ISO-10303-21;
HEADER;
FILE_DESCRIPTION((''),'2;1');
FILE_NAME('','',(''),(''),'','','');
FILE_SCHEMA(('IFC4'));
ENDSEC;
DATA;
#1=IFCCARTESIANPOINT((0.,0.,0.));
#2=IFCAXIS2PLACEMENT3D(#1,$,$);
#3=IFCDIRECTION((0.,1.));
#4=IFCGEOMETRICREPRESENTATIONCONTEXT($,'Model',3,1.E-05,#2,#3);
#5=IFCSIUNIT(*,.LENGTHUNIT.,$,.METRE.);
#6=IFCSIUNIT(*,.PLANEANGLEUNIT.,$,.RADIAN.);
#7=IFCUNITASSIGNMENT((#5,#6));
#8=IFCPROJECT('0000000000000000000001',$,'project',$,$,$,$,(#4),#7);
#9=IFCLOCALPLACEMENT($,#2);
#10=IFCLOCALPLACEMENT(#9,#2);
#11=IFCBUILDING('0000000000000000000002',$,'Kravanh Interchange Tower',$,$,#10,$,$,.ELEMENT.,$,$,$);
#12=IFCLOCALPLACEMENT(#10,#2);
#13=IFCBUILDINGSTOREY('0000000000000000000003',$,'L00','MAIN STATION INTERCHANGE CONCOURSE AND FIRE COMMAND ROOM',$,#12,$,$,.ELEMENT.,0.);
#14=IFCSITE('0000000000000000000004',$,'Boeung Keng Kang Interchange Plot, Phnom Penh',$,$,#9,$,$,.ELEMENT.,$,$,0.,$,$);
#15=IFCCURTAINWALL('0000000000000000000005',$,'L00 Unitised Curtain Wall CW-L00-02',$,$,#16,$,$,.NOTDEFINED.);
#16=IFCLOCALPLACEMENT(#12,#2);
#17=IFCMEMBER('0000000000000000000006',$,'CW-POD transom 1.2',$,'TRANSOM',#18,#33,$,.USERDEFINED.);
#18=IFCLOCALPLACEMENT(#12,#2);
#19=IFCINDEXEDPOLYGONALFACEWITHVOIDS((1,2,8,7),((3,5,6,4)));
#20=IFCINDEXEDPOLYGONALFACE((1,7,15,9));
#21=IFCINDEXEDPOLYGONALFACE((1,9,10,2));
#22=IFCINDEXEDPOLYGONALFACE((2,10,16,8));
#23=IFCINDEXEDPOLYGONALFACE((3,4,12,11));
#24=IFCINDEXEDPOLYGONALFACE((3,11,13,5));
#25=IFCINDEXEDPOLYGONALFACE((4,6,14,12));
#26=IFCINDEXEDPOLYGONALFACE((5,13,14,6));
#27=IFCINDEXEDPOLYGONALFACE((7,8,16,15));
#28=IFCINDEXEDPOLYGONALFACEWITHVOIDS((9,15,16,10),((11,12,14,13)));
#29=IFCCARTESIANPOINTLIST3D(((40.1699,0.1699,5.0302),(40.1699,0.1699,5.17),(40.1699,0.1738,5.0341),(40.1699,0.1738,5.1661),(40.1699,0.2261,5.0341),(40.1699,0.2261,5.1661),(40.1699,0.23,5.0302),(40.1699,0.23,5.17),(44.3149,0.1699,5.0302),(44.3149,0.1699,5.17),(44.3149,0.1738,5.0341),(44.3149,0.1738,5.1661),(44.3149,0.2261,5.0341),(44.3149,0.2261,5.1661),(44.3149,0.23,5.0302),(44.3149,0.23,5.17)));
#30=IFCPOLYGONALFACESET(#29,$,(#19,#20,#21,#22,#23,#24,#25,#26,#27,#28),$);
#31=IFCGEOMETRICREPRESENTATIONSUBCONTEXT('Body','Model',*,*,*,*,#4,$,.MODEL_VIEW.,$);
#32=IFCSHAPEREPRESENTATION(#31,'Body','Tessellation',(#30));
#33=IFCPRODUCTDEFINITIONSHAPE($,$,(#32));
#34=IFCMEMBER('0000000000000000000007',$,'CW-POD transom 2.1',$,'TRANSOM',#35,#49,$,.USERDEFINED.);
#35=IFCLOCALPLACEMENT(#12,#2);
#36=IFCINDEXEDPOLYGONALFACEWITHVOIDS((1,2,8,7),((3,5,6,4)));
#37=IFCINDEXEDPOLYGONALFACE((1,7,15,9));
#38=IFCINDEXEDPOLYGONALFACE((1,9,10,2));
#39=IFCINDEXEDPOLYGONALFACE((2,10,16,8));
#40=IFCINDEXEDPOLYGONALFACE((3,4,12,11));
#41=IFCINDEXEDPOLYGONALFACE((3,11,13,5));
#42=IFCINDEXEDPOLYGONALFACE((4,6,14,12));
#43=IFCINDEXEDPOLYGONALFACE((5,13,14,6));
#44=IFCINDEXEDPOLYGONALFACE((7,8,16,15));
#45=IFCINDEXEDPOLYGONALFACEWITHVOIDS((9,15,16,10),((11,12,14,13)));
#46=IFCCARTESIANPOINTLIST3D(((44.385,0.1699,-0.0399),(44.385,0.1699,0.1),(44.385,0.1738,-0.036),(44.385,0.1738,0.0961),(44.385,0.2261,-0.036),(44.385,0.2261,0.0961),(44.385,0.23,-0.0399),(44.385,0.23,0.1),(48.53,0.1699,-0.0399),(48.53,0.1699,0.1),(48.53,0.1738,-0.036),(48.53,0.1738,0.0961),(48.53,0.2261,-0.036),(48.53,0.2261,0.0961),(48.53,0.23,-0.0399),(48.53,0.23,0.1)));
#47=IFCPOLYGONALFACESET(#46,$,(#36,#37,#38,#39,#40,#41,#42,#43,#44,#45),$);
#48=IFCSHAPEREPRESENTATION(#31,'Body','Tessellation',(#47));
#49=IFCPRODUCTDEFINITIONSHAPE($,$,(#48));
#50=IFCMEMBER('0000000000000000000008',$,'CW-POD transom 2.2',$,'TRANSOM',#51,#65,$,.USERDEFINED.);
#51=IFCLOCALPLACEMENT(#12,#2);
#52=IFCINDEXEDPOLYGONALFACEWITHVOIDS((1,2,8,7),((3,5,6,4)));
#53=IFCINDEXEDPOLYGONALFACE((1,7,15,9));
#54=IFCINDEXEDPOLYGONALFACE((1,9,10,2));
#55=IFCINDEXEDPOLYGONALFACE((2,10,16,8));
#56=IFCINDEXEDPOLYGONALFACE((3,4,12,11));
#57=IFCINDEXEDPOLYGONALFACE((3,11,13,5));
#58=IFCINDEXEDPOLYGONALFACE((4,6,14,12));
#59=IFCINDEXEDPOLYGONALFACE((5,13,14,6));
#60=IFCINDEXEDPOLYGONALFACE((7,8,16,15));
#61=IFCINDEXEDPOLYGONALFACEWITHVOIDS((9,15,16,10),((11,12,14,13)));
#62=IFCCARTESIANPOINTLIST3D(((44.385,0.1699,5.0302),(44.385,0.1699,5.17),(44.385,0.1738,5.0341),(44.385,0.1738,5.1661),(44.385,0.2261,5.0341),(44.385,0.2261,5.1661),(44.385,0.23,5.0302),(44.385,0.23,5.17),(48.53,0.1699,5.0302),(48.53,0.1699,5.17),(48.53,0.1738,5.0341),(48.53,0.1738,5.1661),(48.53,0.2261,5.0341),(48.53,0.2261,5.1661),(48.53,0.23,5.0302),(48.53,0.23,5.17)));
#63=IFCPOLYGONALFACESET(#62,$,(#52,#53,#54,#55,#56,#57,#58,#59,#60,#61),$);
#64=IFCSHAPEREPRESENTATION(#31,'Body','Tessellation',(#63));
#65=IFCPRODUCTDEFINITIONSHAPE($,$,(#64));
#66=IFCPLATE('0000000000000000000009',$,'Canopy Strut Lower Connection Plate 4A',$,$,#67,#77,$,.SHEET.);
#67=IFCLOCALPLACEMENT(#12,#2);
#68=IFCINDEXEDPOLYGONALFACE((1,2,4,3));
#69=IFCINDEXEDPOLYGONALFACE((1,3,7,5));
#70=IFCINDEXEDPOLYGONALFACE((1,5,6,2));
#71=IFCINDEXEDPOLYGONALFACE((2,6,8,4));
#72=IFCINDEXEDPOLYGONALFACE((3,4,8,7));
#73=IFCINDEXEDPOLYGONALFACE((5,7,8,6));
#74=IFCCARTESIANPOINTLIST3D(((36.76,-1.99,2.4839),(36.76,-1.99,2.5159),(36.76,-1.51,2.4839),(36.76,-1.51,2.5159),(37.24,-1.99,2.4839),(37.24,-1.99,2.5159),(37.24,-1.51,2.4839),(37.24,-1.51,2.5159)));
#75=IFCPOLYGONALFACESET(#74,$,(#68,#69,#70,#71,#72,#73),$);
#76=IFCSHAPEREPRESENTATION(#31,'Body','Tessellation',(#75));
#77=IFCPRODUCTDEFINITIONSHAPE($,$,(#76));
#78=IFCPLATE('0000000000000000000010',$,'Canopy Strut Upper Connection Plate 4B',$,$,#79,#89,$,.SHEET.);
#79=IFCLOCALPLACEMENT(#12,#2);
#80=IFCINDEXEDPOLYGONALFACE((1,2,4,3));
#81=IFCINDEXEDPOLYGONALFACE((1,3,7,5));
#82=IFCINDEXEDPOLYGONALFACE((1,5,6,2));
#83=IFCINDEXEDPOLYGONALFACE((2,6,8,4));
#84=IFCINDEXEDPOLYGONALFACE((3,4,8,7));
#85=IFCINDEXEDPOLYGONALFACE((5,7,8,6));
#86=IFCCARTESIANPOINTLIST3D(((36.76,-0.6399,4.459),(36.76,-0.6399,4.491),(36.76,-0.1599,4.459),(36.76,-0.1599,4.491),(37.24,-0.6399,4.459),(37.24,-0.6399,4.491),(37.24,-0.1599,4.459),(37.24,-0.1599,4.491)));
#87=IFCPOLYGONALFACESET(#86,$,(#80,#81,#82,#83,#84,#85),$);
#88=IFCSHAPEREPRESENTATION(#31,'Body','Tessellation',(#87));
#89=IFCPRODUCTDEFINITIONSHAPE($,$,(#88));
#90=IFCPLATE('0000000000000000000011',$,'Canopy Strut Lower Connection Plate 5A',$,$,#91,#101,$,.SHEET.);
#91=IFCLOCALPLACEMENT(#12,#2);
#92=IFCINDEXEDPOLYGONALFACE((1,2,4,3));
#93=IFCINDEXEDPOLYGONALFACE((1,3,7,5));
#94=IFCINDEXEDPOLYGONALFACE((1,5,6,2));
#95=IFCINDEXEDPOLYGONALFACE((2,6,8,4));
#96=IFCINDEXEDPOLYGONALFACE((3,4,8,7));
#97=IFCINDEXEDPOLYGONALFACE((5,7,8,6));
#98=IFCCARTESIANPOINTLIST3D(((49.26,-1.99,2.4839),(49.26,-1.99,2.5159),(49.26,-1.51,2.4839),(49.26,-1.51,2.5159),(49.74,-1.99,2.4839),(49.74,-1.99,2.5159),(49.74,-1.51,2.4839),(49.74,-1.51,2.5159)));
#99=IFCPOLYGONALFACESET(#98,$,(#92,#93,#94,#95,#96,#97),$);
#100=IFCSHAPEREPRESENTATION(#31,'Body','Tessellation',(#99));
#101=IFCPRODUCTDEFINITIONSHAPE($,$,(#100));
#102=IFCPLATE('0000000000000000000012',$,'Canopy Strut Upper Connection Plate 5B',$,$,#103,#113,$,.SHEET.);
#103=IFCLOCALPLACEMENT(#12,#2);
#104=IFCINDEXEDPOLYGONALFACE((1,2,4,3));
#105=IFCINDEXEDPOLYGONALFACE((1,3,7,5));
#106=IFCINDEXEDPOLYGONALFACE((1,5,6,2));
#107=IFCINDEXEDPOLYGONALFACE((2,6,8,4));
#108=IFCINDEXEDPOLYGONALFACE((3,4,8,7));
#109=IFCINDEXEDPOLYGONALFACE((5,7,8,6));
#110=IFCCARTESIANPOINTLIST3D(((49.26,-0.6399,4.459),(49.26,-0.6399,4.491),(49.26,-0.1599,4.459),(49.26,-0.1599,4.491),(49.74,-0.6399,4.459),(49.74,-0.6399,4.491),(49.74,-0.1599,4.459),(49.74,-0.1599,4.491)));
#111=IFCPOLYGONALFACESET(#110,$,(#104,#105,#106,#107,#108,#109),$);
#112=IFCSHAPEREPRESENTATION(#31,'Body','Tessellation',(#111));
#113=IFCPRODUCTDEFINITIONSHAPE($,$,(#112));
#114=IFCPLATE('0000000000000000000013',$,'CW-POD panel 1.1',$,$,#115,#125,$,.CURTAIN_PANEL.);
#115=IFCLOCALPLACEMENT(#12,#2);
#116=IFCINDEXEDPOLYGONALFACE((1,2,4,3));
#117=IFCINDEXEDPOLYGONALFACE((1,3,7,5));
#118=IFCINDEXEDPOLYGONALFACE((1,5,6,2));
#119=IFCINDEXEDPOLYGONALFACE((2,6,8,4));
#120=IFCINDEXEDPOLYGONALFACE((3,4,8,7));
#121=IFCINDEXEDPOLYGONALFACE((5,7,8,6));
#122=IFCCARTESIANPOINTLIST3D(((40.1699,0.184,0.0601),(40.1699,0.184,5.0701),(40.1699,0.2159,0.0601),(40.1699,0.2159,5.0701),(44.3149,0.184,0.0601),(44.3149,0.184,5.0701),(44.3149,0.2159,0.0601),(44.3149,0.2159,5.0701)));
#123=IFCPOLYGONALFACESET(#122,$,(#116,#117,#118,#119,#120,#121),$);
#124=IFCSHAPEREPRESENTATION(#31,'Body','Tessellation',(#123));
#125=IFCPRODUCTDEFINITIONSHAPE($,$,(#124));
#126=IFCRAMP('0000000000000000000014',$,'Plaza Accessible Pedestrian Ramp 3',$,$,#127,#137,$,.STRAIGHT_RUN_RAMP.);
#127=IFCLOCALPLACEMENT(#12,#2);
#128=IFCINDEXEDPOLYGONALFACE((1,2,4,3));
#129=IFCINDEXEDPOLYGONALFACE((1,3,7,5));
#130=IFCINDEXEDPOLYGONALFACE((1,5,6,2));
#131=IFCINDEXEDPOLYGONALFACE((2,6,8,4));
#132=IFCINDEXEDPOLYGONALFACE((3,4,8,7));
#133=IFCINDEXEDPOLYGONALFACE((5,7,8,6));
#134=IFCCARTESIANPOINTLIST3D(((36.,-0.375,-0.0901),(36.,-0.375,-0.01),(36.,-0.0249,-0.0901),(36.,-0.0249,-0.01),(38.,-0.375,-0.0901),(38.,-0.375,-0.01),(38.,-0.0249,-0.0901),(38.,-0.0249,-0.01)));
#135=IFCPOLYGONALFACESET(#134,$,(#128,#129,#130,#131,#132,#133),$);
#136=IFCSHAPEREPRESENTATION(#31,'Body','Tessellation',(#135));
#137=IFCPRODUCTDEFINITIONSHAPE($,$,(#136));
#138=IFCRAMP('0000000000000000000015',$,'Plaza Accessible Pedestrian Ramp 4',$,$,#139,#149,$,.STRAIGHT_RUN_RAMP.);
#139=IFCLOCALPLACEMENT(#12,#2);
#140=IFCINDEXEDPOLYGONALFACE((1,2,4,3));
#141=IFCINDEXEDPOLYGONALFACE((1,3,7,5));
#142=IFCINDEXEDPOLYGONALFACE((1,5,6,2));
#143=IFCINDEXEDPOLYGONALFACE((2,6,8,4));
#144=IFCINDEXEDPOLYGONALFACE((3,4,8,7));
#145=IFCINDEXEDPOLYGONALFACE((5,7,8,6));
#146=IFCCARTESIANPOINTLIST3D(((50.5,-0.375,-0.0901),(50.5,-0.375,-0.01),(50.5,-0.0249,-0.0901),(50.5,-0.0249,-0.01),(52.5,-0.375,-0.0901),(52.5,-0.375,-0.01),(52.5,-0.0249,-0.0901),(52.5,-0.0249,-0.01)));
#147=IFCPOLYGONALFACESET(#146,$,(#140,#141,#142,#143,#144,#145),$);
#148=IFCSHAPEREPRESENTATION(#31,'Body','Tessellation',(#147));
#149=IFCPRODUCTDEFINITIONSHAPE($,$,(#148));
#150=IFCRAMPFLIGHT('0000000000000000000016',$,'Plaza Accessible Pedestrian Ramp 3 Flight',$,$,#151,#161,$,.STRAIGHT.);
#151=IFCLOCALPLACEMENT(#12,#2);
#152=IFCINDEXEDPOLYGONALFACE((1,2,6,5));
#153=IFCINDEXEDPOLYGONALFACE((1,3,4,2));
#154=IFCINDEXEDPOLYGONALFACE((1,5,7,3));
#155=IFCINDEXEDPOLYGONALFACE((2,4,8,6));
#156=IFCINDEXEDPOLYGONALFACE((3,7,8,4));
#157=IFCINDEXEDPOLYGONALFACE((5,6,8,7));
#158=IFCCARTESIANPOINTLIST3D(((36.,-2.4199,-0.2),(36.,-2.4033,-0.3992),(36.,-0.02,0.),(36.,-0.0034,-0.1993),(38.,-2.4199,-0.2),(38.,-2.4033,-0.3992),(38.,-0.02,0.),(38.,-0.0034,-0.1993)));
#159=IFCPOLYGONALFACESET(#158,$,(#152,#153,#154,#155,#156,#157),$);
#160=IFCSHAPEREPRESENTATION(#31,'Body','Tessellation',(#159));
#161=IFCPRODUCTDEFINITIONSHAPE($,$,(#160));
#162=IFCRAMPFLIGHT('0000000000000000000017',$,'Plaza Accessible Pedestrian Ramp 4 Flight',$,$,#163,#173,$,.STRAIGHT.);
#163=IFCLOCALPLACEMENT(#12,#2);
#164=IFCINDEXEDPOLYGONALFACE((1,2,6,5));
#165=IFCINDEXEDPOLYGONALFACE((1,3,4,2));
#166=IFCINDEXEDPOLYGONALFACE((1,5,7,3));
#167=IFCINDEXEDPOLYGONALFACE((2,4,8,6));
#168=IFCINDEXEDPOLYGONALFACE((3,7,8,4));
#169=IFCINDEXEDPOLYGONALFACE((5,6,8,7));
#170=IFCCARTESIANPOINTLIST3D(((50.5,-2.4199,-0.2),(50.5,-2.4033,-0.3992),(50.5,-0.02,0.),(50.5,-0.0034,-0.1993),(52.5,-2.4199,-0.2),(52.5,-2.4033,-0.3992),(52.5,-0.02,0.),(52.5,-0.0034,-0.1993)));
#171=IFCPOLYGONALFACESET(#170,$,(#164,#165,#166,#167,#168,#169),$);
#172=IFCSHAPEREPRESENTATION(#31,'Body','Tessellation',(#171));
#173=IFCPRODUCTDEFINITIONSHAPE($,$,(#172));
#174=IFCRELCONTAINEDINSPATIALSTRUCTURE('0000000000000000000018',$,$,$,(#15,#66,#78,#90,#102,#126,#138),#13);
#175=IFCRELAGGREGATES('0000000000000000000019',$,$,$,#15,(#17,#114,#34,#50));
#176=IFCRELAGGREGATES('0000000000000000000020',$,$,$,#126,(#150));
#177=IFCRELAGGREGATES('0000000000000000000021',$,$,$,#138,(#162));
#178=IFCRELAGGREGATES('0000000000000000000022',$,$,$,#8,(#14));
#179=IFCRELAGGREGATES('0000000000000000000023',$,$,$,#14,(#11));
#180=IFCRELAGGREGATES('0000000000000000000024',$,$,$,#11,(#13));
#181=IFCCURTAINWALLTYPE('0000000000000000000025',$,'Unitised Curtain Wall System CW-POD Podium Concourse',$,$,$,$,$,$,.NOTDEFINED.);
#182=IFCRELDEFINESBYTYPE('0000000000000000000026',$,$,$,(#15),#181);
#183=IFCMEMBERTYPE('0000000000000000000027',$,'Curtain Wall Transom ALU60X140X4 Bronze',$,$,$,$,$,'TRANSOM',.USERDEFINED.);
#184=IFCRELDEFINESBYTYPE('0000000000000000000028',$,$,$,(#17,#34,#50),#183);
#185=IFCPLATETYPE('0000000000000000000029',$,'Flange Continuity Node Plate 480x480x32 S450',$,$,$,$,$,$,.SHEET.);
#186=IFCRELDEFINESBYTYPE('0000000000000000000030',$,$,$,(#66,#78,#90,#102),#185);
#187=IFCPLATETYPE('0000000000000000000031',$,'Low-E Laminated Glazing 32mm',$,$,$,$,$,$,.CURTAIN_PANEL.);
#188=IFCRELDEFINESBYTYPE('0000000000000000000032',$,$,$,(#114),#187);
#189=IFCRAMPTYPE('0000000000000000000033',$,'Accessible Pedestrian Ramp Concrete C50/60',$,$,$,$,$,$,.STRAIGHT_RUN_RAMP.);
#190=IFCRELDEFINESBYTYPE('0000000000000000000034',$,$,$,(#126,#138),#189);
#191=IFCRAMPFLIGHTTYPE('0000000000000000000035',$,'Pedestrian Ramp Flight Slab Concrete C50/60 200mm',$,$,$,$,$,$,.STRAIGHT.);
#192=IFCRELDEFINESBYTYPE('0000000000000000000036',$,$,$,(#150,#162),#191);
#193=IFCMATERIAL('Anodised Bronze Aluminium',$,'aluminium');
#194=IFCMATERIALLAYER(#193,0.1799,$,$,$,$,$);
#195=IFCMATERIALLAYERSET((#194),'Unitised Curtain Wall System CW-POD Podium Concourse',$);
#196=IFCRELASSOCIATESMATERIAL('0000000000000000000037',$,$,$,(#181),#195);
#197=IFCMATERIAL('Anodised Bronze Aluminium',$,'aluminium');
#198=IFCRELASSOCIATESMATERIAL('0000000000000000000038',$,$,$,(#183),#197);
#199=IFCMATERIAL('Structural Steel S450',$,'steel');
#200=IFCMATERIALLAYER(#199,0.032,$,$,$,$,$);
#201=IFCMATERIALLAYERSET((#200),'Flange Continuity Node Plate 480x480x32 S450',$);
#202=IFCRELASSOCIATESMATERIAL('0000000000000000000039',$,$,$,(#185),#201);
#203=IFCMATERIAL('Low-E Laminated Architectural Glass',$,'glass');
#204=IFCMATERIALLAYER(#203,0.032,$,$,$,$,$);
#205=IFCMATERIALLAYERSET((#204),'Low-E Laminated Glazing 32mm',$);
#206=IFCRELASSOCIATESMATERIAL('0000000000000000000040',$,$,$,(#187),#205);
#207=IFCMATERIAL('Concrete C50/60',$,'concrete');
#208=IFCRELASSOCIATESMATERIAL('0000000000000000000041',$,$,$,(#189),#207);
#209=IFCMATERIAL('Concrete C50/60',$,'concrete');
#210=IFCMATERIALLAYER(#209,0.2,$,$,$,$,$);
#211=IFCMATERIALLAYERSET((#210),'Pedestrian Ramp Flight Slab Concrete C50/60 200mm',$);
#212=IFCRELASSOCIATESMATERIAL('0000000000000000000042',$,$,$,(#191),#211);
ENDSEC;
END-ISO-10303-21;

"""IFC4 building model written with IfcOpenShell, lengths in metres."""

from ifc_helpers import new_model, si_unit, direction, frame, origin, origin_2d, place, context, subcontext, project, spatial, polyline, rectangle, hollow_rectangle, outline, extrude, material, layer, layer_set, material_profile, profile_set, type_object, element, aggregate, save


model = new_model("IFC4")

# Units and contexts
model_context = context("Model", 3, precision=1e-05, world=origin(), true_north=direction((0.0, 1.0)))
body_context = subcontext(model_context, "Body", "Model", "MODEL_VIEW")
ifc_project = project(units=[si_unit("LENGTHUNIT", "METRE"), si_unit("PLANEANGLEUNIT", "RADIAN")], contexts=[model_context])

# Site, building, storey
site_placement = place(None, origin())
site = spatial("IfcSite", under=ifc_project, at=site_placement, Name="Boeung Keng Kang Interchange Plot, Phnom Penh", CompositionType="ELEMENT", RefElevation=0.0)
building_placement = place(site_placement, origin())
building = spatial("IfcBuilding", under=site, at=building_placement, Name="Kravanh Interchange Tower", CompositionType="ELEMENT")
storey_placement = place(building_placement, origin())
storey = spatial("IfcBuildingStorey", under=building, at=storey_placement, Name="L00", Description="MAIN STATION INTERCHANGE CONCOURSE AND FIRE COMMAND ROOM", CompositionType="ELEMENT", Elevation=0.0)

# Shared definitions
ifc_material_1 = material(Name="Anodised Bronze Aluminium", Category="aluminium")
ifc_layer_1 = layer(ifc_material_1, 0.1799)
ifc_layer_set_1 = layer_set([ifc_layer_1], Name="Unitised Curtain Wall System CW-POD Podium Concourse")
curtain_wall_type = type_object("IfcCurtainWallType", Name="Unitised Curtain Wall System CW-POD Podium Concourse", PredefinedType="NOTDEFINED", material=ifc_layer_set_1)

# Curtain wall, members
curtain_wall_1_placement = place(storey_placement, origin())
curtain_wall_1 = element("IfcCurtainWall", 1, at=curtain_wall_1_placement, inside=storey, type_object=curtain_wall_type, Name="L00 Unitised Curtain Wall CW-L00-02", PredefinedType="NOTDEFINED")
ifc_material_2 = material(Name="Anodised Bronze Aluminium", Category="aluminium")
ifc_material_profile_1 = material_profile(ifc_material_2, hollow_rectangle(XDim=0.0601, YDim=0.1399, WallThickness=0.0039, at=origin_2d()), Name="ALU60X140X4")
ifc_profile_set_1 = profile_set([ifc_material_profile_1], Name="Anodised Bronze Aluminium")
member_type_1 = type_object("IfcMemberType", Name="Curtain Wall Transom ALU60X140X4 Bronze", ElementType="TRANSOM", PredefinedType="USERDEFINED", material=ifc_profile_set_1)
member_1_placement = place(storey_placement, frame((40.1699, 0.2, 5.1001), z_axis=(1.0, 0.0, 0.0), x_axis=(0.0, 1.0, 0.0)))
member_1 = element("IfcMember", 2, at=member_1_placement, type_object=member_type_1, Name="CW-POD transom 1.2", ObjectType="TRANSOM", PredefinedType="USERDEFINED", context=body_context, shape_type="SweptSolid", body=[
    extrude(hollow_rectangle(XDim=0.0601, YDim=0.1399, WallThickness=0.0039, at=origin_2d()), origin(), (0.0, 0.0, 1.0), 4.145),
])
member_2_placement = place(storey_placement, frame((44.385, 0.2, 0.03), z_axis=(1.0, 0.0, 0.0), x_axis=(0.0, 1.0, 0.0)))
member_2 = element("IfcMember", 3, at=member_2_placement, type_object=member_type_1, Name="CW-POD transom 2.1", ObjectType="TRANSOM", PredefinedType="USERDEFINED", context=body_context, shape_type="SweptSolid", body=[
    extrude(hollow_rectangle(XDim=0.0601, YDim=0.1399, WallThickness=0.0039, at=origin_2d()), origin(), (0.0, 0.0, 1.0), 4.145),
])
member_3_placement = place(storey_placement, frame((44.385, 0.2, 5.1001), z_axis=(1.0, 0.0, 0.0), x_axis=(0.0, 1.0, 0.0)))
member_3 = element("IfcMember", 4, at=member_3_placement, type_object=member_type_1, Name="CW-POD transom 2.2", ObjectType="TRANSOM", PredefinedType="USERDEFINED", context=body_context, shape_type="SweptSolid", body=[
    extrude(hollow_rectangle(XDim=0.0601, YDim=0.1399, WallThickness=0.0039, at=origin_2d()), origin(), (0.0, 0.0, 1.0), 4.145),
])

# Plates
ifc_material_3 = material(Name="Structural Steel S450", Category="steel")
ifc_layer_2 = layer(ifc_material_3, 0.032)
ifc_layer_set_2 = layer_set([ifc_layer_2], Name="Flange Continuity Node Plate 480x480x32 S450")
plate_type_1 = type_object("IfcPlateType", Name="Flange Continuity Node Plate 480x480x32 S450", PredefinedType="SHEET", material=ifc_layer_set_2)
for number, where, z_axis, x_axis, name in (
    (5, (37.0, -1.75, 2.4839), (0.0, 0.0, 1.0), (1.0, 0.0, 0.0), "Canopy Strut Lower Connection Plate 4A"),
    (6, (37.0, -0.3999, 4.459), (0.0, 0.0, 1.0), (1.0, 0.0, 0.0), "Canopy Strut Upper Connection Plate 4B"),
    (7, (49.5, -1.75, 2.4839), (0.0, 0.0, 1.0), (1.0, 0.0, 0.0), "Canopy Strut Lower Connection Plate 5A"),
    (8, (49.5, -0.3999, 4.459), (0.0, 0.0, 1.0), (1.0, 0.0, 0.0), "Canopy Strut Upper Connection Plate 5B"),
):
    element("IfcPlate", number, at=place(storey_placement, frame(where, z_axis=z_axis, x_axis=x_axis)), inside=storey, type_object=plate_type_1, Name=name, PredefinedType="SHEET", context=body_context, shape_type="SweptSolid", body=[
        extrude(rectangle(XDim=0.48, YDim=0.48, at=origin_2d()), origin(), (0.0, 0.0, 1.0), 0.032),
    ])

# Plate
ifc_material_4 = material(Name="Low-E Laminated Architectural Glass", Category="glass")
ifc_layer_3 = layer(ifc_material_4, 0.032)
ifc_layer_set_3 = layer_set([ifc_layer_3], Name="Low-E Laminated Glazing 32mm")
plate_type_2 = type_object("IfcPlateType", Name="Low-E Laminated Glazing 32mm", PredefinedType="CURTAIN_PANEL", material=ifc_layer_set_3)
plate_placement = place(storey_placement, frame((42.2424, 0.2, 0.0601), z_axis=(0.0, 0.0, 1.0), x_axis=(1.0, 0.0, 0.0)))
plate = element("IfcPlate", 9, at=plate_placement, type_object=plate_type_2, Name="CW-POD panel 1.1", PredefinedType="CURTAIN_PANEL", context=body_context, shape_type="SweptSolid", body=[
    extrude(rectangle(XDim=4.145, YDim=0.032, at=origin_2d()), origin(), (0.0, 0.0, 1.0), 5.01),
])
aggregate(curtain_wall_1, [member_1, plate, member_2, member_3])

# Ramps
ifc_material_5 = material(Name="Concrete C50/60", Category="concrete")
ramp_type = type_object("IfcRampType", Name="Accessible Pedestrian Ramp Concrete C50/60", PredefinedType="STRAIGHT_RUN_RAMP", material=ifc_material_5)
ramp_1_placement = place(storey_placement, frame((37.0, -0.2, -0.0901), z_axis=(0.0, 0.0, 1.0), x_axis=(1.0, 0.0, 0.0)))
ramp_1 = element("IfcRamp", 10, at=ramp_1_placement, inside=storey, type_object=ramp_type, Name="Plaza Accessible Pedestrian Ramp 3", PredefinedType="STRAIGHT_RUN_RAMP", context=body_context, shape_type="SweptSolid", body=[
    extrude(rectangle(XDim=2.0, YDim=0.3501, at=origin_2d()), origin(), (0.0, 0.0, 1.0), 0.0801),
])
ramp_2_placement = place(storey_placement, frame((51.5, -0.2, -0.0901), z_axis=(0.0, 0.0, 1.0), x_axis=(1.0, 0.0, 0.0)))
ramp_2 = element("IfcRamp", 11, at=ramp_2_placement, inside=storey, type_object=ramp_type, Name="Plaza Accessible Pedestrian Ramp 4", PredefinedType="STRAIGHT_RUN_RAMP", context=body_context, shape_type="SweptSolid", body=[
    extrude(rectangle(XDim=2.0, YDim=0.3501, at=origin_2d()), origin(), (0.0, 0.0, 1.0), 0.0801),
])

# Ramp flights
ifc_material_6 = material(Name="Concrete C50/60", Category="concrete")
ifc_layer_4 = layer(ifc_material_6, 0.2)
ifc_layer_set_4 = layer_set([ifc_layer_4], Name="Pedestrian Ramp Flight Slab Concrete C50/60 200mm")
ramp_flight_type = type_object("IfcRampFlightType", Name="Pedestrian Ramp Flight Slab Concrete C50/60 200mm", PredefinedType="STRAIGHT", material=ifc_layer_set_4)
ramp_flight_1_placement = place(storey_placement, frame((36.0, -2.4199, -0.2), z_axis=(0.0, -0.083029, 0.996547), x_axis=(1.0, 0.0, 0.0)))
ramp_flight_1 = element("IfcRampFlight", 12, at=ramp_flight_1_placement, type_object=ramp_flight_type, Name="Plaza Accessible Pedestrian Ramp 3 Flight", PredefinedType="STRAIGHT", context=body_context, shape_type="SweptSolid", body=[
    extrude(outline(polyline([(0.0, 0.0), (2.0, 0.0), (2.0, 2.4082), (0.0, 2.4082), (0.0, 0.0)])), origin(), (0.0, 0.0, -1.0), 0.2),
])
aggregate(ramp_1, [ramp_flight_1])
ramp_flight_2_placement = place(storey_placement, frame((50.5, -2.4199, -0.2), z_axis=(0.0, -0.083029, 0.996547), x_axis=(1.0, 0.0, 0.0)))
ramp_flight_2 = element("IfcRampFlight", 13, at=ramp_flight_2_placement, type_object=ramp_flight_type, Name="Plaza Accessible Pedestrian Ramp 4 Flight", PredefinedType="STRAIGHT", context=body_context, shape_type="SweptSolid", body=[
    extrude(outline(polyline([(0.0, 0.0), (2.0, 0.0), (2.0, 2.4082), (0.0, 2.4082), (0.0, 0.0)])), origin(), (0.0, 0.0, -1.0), 0.2),
])
aggregate(ramp_2, [ramp_flight_2])

save(model, "model.ifc")
